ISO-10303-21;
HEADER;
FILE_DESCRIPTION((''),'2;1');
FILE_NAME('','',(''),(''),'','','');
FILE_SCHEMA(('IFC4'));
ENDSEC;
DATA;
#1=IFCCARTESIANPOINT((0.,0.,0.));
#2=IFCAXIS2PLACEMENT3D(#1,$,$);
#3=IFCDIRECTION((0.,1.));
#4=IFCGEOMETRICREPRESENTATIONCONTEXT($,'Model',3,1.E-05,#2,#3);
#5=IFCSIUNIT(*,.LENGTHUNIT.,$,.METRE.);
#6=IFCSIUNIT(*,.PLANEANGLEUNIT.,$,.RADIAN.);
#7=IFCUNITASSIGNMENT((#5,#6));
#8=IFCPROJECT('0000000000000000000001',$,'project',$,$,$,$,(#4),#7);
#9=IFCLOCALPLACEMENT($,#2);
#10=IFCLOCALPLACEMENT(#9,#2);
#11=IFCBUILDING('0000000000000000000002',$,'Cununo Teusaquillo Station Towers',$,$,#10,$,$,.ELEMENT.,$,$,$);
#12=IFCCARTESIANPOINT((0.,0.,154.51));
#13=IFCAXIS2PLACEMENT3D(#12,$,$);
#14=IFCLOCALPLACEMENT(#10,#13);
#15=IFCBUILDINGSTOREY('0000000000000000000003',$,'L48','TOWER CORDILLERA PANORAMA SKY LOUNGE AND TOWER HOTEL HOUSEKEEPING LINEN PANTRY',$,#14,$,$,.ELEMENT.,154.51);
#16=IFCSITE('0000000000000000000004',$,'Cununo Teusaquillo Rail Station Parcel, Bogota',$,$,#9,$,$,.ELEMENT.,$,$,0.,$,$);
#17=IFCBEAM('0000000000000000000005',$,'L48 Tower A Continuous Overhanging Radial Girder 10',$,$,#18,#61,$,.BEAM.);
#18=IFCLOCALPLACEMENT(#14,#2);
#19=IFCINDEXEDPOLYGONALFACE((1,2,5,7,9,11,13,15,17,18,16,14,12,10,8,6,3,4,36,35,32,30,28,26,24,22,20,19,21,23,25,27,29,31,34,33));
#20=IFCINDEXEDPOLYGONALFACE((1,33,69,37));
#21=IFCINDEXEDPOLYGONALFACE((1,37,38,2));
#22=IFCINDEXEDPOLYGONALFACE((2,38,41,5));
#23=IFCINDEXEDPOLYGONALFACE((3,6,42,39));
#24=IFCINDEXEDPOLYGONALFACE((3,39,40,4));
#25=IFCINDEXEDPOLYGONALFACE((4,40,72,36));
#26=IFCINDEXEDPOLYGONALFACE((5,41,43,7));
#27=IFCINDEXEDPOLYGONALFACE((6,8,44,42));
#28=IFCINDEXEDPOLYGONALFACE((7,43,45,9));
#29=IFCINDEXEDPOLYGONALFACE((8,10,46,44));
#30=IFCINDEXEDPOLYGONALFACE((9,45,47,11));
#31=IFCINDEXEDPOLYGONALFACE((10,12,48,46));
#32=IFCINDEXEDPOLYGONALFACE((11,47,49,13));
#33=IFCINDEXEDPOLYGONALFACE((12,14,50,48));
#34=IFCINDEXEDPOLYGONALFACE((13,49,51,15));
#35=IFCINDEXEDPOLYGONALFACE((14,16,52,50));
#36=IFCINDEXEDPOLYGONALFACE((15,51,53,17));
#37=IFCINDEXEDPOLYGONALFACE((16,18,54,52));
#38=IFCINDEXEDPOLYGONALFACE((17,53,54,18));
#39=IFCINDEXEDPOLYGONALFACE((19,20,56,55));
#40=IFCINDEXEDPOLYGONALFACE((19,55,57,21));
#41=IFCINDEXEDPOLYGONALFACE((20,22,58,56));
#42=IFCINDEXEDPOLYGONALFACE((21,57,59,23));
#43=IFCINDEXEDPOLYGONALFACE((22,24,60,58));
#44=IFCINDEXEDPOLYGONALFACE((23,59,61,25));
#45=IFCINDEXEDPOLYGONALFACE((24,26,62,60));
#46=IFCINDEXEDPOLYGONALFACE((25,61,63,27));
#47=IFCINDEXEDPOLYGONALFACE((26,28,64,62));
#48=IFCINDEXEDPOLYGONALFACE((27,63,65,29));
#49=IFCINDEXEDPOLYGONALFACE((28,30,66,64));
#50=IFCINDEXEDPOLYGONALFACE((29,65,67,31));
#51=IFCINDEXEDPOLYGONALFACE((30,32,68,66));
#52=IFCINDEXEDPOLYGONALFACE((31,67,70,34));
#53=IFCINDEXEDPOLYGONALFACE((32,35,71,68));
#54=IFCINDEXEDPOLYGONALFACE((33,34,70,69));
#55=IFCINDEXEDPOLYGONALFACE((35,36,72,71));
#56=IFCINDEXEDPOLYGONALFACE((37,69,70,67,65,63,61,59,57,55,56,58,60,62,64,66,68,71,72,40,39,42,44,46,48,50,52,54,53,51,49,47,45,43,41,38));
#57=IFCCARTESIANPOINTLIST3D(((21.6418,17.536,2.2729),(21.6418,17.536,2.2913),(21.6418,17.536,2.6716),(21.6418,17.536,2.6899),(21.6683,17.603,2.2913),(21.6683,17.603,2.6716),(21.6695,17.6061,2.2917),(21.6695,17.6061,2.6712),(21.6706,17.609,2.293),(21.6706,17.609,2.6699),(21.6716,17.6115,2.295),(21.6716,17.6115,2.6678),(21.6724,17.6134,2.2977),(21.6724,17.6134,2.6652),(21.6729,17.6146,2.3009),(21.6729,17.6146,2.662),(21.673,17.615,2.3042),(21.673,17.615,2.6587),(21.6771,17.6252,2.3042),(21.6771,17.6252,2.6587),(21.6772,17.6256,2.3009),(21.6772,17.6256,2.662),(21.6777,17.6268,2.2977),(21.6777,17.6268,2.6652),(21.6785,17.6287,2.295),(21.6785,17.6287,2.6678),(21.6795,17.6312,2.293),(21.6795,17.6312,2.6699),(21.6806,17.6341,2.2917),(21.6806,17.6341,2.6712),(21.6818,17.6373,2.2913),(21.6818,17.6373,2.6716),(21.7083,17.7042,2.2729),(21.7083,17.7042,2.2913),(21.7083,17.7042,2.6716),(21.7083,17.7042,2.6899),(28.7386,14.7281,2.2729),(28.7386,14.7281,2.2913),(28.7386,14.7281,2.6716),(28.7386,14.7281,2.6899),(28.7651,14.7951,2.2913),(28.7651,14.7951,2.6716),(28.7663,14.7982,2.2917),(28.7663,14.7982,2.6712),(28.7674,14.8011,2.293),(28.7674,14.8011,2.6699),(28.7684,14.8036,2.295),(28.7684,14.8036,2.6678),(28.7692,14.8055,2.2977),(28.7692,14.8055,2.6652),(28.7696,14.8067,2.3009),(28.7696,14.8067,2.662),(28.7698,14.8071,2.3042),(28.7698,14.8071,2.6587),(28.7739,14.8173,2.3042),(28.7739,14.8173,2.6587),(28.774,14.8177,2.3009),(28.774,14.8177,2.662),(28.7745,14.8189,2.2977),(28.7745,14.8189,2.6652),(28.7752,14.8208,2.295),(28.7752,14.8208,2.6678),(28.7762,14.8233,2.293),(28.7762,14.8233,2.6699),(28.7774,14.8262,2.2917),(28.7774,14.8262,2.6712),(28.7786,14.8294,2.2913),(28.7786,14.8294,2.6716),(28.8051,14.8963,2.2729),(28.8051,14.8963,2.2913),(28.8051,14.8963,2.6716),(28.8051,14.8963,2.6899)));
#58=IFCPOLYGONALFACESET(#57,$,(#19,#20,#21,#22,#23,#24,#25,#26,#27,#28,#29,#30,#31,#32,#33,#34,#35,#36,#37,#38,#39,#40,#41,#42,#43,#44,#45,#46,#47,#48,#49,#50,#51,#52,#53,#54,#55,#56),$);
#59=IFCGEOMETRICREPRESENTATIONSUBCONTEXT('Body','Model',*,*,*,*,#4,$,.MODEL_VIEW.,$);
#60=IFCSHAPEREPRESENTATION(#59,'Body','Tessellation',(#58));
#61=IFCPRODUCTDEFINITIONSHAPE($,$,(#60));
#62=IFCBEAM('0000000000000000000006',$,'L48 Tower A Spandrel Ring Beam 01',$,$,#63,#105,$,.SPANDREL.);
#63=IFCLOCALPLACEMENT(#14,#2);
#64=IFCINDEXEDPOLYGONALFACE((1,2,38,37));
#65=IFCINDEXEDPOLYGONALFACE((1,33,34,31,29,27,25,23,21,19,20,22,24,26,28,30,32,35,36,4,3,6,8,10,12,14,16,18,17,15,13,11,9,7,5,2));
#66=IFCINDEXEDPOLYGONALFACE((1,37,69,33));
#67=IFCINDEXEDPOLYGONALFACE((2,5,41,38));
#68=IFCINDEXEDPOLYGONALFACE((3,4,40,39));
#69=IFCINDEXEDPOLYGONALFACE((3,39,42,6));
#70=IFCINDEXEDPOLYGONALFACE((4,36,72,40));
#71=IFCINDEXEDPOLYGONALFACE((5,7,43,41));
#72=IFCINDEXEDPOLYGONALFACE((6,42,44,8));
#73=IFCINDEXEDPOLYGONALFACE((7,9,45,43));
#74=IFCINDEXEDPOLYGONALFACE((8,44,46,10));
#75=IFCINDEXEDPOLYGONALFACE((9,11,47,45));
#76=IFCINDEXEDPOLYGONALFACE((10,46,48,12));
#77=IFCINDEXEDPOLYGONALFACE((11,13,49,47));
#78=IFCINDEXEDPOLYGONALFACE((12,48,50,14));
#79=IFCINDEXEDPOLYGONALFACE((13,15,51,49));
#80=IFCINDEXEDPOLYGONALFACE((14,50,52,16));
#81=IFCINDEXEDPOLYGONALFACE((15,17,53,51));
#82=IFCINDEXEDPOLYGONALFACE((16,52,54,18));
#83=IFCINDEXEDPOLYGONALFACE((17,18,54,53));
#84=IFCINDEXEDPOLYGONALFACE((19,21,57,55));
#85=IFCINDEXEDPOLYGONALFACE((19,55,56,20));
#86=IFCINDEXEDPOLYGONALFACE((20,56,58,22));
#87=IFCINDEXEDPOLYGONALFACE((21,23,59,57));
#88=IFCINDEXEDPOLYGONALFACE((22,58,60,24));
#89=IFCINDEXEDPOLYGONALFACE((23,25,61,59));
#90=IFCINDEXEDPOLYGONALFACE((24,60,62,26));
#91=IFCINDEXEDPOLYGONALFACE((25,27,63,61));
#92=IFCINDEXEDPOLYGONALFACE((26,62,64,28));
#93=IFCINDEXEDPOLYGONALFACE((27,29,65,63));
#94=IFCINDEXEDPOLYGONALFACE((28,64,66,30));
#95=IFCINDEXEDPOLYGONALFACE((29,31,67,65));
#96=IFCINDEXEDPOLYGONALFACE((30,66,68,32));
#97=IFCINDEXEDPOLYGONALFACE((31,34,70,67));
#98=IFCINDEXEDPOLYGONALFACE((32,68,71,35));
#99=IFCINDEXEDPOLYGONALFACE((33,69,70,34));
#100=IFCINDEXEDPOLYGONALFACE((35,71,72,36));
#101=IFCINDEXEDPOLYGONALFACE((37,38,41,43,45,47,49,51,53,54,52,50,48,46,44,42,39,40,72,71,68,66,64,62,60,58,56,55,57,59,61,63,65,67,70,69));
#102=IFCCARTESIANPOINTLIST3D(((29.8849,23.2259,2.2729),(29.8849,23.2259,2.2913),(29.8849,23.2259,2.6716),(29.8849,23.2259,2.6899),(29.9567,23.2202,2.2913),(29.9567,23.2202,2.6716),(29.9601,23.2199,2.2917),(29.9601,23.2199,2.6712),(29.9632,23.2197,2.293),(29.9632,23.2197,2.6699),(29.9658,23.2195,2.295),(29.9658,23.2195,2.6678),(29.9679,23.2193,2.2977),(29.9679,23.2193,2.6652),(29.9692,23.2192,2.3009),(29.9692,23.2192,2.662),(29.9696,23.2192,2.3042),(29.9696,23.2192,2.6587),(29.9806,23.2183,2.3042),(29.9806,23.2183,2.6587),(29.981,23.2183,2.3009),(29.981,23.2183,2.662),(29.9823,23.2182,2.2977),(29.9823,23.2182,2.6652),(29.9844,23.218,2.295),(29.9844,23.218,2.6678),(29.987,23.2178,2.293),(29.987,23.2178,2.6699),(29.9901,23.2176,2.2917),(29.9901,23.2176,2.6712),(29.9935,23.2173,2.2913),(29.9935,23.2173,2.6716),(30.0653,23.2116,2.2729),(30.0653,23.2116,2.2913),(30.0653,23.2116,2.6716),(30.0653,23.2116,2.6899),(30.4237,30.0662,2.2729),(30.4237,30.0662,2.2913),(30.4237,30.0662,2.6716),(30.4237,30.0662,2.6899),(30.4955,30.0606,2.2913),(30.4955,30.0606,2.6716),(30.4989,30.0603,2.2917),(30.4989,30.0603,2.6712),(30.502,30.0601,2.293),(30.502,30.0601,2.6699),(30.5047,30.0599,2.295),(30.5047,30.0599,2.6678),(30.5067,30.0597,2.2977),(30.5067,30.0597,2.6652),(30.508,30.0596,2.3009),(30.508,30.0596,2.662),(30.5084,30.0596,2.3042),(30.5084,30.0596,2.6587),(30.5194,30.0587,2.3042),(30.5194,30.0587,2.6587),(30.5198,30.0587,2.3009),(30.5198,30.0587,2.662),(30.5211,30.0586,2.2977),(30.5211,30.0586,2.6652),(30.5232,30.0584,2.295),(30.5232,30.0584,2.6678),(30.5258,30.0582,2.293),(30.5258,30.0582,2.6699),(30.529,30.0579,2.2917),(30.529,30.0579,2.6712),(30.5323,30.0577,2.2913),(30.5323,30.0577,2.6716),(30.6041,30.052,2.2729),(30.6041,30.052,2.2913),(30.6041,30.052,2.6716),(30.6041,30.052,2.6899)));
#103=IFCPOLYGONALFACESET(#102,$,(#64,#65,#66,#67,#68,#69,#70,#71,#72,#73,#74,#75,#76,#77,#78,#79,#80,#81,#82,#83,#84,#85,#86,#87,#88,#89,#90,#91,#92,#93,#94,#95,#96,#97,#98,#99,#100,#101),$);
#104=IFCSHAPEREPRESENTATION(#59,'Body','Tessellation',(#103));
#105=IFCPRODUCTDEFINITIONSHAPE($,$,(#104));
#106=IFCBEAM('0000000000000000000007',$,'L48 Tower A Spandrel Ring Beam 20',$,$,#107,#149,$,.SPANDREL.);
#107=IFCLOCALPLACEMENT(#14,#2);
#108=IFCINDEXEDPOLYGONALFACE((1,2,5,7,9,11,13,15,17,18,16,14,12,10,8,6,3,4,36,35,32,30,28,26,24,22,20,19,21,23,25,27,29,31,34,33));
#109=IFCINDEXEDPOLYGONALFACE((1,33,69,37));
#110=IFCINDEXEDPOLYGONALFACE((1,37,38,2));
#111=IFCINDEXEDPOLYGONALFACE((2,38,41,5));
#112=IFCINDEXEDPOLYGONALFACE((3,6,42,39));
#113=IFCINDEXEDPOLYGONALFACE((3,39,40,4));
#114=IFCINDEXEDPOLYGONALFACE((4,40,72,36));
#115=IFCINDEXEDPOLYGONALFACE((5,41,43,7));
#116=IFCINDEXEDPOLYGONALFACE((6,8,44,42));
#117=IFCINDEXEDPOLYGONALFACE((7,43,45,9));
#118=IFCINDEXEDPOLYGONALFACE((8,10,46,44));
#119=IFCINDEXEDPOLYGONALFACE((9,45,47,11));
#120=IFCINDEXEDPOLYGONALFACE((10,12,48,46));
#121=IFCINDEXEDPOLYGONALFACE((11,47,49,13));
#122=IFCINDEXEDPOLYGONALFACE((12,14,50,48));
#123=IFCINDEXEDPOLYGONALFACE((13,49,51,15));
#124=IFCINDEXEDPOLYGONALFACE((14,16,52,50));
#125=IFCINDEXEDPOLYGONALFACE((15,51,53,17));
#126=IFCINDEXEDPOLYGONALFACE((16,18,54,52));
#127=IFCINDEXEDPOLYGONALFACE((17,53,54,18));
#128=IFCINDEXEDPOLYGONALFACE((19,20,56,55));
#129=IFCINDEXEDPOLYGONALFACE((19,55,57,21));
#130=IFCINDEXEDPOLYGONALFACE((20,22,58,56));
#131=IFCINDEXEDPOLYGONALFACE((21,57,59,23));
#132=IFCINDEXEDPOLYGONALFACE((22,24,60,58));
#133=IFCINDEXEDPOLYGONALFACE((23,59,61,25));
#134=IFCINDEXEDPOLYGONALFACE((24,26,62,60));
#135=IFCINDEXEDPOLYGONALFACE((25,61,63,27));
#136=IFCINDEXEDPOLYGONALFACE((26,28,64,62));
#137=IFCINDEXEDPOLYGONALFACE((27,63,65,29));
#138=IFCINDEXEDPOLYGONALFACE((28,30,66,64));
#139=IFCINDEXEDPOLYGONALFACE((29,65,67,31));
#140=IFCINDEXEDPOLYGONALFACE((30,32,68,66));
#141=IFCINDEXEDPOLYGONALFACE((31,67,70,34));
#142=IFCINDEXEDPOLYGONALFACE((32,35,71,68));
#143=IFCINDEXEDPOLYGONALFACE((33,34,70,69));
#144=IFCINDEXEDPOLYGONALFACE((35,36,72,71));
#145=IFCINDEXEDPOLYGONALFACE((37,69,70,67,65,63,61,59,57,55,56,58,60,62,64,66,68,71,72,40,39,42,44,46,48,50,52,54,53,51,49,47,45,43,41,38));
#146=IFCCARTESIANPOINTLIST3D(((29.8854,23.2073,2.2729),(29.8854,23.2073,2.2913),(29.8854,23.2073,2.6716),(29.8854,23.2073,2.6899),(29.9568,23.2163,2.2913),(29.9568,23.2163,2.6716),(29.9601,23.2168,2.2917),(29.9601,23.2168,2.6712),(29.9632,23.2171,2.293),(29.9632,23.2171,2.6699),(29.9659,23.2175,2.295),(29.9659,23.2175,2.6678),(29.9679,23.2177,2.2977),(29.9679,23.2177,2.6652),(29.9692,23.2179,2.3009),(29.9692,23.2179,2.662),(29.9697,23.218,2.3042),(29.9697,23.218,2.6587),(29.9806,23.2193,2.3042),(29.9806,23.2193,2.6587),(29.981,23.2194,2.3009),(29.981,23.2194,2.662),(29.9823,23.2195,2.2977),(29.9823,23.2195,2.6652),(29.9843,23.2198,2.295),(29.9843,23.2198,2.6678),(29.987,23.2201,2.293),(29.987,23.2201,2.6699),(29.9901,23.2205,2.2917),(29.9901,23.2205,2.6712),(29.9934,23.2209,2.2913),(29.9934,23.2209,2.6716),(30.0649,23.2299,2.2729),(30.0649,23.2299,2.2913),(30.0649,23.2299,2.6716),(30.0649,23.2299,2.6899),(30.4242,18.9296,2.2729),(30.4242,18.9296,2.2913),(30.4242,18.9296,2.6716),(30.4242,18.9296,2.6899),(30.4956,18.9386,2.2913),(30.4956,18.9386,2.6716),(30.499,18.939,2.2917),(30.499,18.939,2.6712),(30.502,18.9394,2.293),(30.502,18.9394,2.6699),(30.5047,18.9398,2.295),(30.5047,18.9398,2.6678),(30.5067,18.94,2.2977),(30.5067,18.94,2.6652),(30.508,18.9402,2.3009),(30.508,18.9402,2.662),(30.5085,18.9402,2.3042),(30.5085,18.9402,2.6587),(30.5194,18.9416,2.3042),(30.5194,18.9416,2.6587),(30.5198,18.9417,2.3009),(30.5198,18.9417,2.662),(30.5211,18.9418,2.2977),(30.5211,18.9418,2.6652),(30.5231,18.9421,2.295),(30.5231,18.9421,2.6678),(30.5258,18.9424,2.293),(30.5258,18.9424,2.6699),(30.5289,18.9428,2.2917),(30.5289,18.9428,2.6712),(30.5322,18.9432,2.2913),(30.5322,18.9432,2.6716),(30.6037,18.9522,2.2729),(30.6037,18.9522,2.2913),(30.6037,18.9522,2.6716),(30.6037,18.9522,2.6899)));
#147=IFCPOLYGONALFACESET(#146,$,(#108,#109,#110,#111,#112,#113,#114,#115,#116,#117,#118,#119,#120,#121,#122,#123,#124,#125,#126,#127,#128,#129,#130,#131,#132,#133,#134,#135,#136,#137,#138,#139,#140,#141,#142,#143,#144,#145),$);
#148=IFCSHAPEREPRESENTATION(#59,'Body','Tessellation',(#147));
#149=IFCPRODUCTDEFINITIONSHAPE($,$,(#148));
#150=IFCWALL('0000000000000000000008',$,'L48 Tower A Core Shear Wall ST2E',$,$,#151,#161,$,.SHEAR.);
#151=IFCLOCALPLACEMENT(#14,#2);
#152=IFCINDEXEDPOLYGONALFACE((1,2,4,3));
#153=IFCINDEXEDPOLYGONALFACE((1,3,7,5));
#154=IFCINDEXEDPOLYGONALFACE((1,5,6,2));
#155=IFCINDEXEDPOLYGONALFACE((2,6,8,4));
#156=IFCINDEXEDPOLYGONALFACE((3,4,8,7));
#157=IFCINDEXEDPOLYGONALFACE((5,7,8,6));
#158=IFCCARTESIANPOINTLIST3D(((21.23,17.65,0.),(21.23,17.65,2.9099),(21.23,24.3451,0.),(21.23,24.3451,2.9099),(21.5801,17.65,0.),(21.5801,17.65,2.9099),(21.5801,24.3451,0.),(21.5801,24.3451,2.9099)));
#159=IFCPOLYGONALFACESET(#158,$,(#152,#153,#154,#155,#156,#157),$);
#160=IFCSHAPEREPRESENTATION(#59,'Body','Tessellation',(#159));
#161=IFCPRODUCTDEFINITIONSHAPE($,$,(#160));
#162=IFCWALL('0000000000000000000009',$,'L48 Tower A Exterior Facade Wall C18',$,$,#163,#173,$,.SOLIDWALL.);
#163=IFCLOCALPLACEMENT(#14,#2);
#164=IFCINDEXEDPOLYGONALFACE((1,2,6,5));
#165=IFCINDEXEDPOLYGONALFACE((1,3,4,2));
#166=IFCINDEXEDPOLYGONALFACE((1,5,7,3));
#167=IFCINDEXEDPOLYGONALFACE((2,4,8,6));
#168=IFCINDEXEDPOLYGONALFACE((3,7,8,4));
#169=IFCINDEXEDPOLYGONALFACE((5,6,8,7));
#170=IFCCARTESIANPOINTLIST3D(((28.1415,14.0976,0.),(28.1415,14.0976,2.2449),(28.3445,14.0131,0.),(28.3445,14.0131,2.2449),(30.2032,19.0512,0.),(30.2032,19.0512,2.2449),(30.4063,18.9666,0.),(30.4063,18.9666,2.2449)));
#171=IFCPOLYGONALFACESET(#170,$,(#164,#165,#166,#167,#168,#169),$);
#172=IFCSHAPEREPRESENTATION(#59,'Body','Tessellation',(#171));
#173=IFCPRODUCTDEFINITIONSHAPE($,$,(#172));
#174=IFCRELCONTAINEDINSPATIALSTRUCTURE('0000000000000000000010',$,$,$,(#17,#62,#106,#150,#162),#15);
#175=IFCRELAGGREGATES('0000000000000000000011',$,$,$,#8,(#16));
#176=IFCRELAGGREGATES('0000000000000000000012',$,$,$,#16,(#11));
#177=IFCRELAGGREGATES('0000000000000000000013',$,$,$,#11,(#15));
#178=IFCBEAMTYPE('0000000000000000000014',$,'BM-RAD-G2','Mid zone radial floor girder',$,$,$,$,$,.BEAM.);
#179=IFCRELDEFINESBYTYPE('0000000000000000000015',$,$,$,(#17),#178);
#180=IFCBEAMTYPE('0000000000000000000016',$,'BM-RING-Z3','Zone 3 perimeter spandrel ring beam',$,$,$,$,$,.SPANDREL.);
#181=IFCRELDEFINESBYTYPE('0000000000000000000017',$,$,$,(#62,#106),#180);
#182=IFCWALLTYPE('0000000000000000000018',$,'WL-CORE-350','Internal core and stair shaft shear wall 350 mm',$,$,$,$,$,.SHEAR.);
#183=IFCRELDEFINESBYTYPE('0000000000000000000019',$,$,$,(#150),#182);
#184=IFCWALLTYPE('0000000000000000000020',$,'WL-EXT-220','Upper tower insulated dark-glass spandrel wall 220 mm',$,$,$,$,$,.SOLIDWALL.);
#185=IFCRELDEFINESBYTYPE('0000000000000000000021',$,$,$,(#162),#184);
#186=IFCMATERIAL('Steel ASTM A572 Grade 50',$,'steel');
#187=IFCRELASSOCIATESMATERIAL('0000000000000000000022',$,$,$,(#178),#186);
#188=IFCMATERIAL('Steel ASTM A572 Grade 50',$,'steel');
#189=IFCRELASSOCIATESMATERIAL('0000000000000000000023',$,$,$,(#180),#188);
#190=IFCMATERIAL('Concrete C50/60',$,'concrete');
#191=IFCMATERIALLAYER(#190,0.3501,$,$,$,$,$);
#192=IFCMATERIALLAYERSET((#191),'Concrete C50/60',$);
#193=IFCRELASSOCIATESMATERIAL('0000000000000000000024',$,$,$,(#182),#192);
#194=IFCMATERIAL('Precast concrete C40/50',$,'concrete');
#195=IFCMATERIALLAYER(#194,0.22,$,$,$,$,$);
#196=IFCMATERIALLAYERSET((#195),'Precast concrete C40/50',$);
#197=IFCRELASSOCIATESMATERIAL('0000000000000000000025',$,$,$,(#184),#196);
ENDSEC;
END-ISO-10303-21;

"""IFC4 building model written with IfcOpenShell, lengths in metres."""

from ifc_helpers import new_model, si_unit, direction, frame, frame_2d, origin, origin_2d, place, context, subcontext, project, spatial, rectangle, i_section, extrude, material, layer, layer_set, material_profile, profile_set, type_object, element, save


model = new_model("IFC4")

# Units and contexts
model_context = context("Model", 3, precision=1e-05, world=origin(), true_north=direction((0.0, 1.0)))
body_context = subcontext(model_context, "Body", "Model", "MODEL_VIEW")
ifc_project = project(units=[si_unit("LENGTHUNIT", "METRE"), si_unit("PLANEANGLEUNIT", "RADIAN")], contexts=[model_context])

# Site, building, storey
site_placement = place(None, origin())
site = spatial("IfcSite", under=ifc_project, at=site_placement, Name="Cununo Teusaquillo Rail Station Parcel, Bogota", CompositionType="ELEMENT", RefElevation=0.0)
building_placement = place(site_placement, origin())
building = spatial("IfcBuilding", under=site, at=building_placement, Name="Cununo Teusaquillo Station Towers", CompositionType="ELEMENT")
storey_placement = place(building_placement, frame((0.0, 0.0, 154.51)))
storey = spatial("IfcBuildingStorey", under=building, at=storey_placement, Name="L48", Description="TOWER CORDILLERA PANORAMA SKY LOUNGE AND TOWER HOTEL HOUSEKEEPING LINEN PANTRY", CompositionType="ELEMENT", Elevation=154.51)

# Beams
ifc_material_1 = material(Name="Steel ASTM A572 Grade 50", Category="steel")
ifc_material_profile_1 = material_profile(ifc_material_1, i_section(OverallWidth=0.1809, OverallDepth=0.417, WebThickness=0.011, FlangeThickness=0.0183, FilletRadius=0.0129, at=origin_2d()), Name="W16X57")
ifc_profile_set_1 = profile_set([ifc_material_profile_1], Name="Steel ASTM A572 Grade 50")
beam_type_1 = type_object("IfcBeamType", Name="BM-RAD-G2", Description="Mid zone radial floor girder", PredefinedType="BEAM", material=ifc_profile_set_1)
beam_1_placement = place(storey_placement, frame((21.675, 17.6201, 2.4814), z_axis=(0.929862, -0.367908, 0.0), x_axis=(0.367908, 0.929862, 0.0)))
element("IfcBeam", 1, at=beam_1_placement, inside=storey, type_object=beam_type_1, Name="L48 Tower A Continuous Overhanging Radial Girder 10", PredefinedType="BEAM", context=body_context, shape_type="SweptSolid", body=[
    extrude(i_section(OverallWidth=0.1809, OverallDepth=0.417, WebThickness=0.011, FlangeThickness=0.0183, FilletRadius=0.0129, at=origin_2d()), origin(), (0.0, 0.0, 1.0), 7.6321),
])
ifc_material_2 = material(Name="Steel ASTM A572 Grade 50", Category="steel")
ifc_material_profile_2 = material_profile(ifc_material_2, i_section(OverallWidth=0.1809, OverallDepth=0.417, WebThickness=0.011, FlangeThickness=0.0183, FilletRadius=0.0129, at=origin_2d()), Name="W16X57")
ifc_profile_set_2 = profile_set([ifc_material_profile_2], Name="Steel ASTM A572 Grade 50")
beam_type_2 = type_object("IfcBeamType", Name="BM-RING-Z3", Description="Zone 3 perimeter spandrel ring beam", PredefinedType="SPANDREL", material=ifc_profile_set_2)
beam_2_placement = place(storey_placement, frame((29.9751, 23.2188, 2.4814), z_axis=(0.078528, 0.996912, 0.0), x_axis=(-0.996912, 0.078528, 0.0)))
element("IfcBeam", 2, at=beam_2_placement, inside=storey, type_object=beam_type_2, Name="L48 Tower A Spandrel Ring Beam 01", PredefinedType="SPANDREL", context=body_context, shape_type="SweptSolid", body=[
    extrude(i_section(OverallWidth=0.1809, OverallDepth=0.417, WebThickness=0.011, FlangeThickness=0.0183, FilletRadius=0.0129, at=origin_2d()), origin(), (0.0, 0.0, 1.0), 6.8616),
])
beam_3_placement = place(storey_placement, frame((30.5139, 18.9409, 2.4814), z_axis=(-0.124969, 0.992161, 0.0), x_axis=(-0.992161, -0.124969, 0.0)))
element("IfcBeam", 3, at=beam_3_placement, inside=storey, type_object=beam_type_2, Name="L48 Tower A Spandrel Ring Beam 20", PredefinedType="SPANDREL", context=body_context, shape_type="SweptSolid", body=[
    extrude(i_section(OverallWidth=0.1809, OverallDepth=0.417, WebThickness=0.011, FlangeThickness=0.0183, FilletRadius=0.0129, at=origin_2d()), origin(), (0.0, 0.0, 1.0), 4.3115),
])

# Walls
ifc_material_3 = material(Name="Concrete C50/60", Category="concrete")
ifc_layer_1 = layer(ifc_material_3, 0.3501)
ifc_layer_set_1 = layer_set([ifc_layer_1], Name="Concrete C50/60")
wall_type_1 = type_object("IfcWallType", Name="WL-CORE-350", Description="Internal core and stair shaft shear wall 350 mm", PredefinedType="SHEAR", material=ifc_layer_set_1)
wall_1_placement = place(storey_placement, frame((21.405, 17.6499, 0.0), z_axis=(0.0, 0.0, 1.0), x_axis=(0.0, 1.0, 0.0)))
element("IfcWall", 4, at=wall_1_placement, inside=storey, type_object=wall_type_1, Name="L48 Tower A Core Shear Wall ST2E", PredefinedType="SHEAR", context=body_context, shape_type="SweptSolid", body=[
    extrude(rectangle(XDim=6.6951, YDim=0.3501, at=frame_2d((3.3477, 0.0))), origin(), (0.0, 0.0, 1.0), 2.9099),
])
ifc_material_4 = material(Name="Precast concrete C40/50", Category="concrete")
ifc_layer_2 = layer(ifc_material_4, 0.22)
ifc_layer_set_2 = layer_set([ifc_layer_2], Name="Precast concrete C40/50")
wall_type_2 = type_object("IfcWallType", Name="WL-EXT-220", Description="Upper tower insulated dark-glass spandrel wall 220 mm", PredefinedType="SOLIDWALL", material=ifc_layer_set_2)
wall_2_placement = place(storey_placement, frame((30.3047, 19.0088, 0.0), z_axis=(0.0, 0.0, 1.0), x_axis=(-0.38426, -0.923225, 0.0)))
element("IfcWall", 5, at=wall_2_placement, inside=storey, type_object=wall_type_2, Name="L48 Tower A Exterior Facade Wall C18", PredefinedType="SOLIDWALL", context=body_context, shape_type="SweptSolid", body=[
    extrude(rectangle(XDim=5.3655, YDim=0.22, at=frame_2d((2.6826, 0.0))), origin(), (0.0, 0.0, 1.0), 2.2449),
])

save(model, "model.ifc")
